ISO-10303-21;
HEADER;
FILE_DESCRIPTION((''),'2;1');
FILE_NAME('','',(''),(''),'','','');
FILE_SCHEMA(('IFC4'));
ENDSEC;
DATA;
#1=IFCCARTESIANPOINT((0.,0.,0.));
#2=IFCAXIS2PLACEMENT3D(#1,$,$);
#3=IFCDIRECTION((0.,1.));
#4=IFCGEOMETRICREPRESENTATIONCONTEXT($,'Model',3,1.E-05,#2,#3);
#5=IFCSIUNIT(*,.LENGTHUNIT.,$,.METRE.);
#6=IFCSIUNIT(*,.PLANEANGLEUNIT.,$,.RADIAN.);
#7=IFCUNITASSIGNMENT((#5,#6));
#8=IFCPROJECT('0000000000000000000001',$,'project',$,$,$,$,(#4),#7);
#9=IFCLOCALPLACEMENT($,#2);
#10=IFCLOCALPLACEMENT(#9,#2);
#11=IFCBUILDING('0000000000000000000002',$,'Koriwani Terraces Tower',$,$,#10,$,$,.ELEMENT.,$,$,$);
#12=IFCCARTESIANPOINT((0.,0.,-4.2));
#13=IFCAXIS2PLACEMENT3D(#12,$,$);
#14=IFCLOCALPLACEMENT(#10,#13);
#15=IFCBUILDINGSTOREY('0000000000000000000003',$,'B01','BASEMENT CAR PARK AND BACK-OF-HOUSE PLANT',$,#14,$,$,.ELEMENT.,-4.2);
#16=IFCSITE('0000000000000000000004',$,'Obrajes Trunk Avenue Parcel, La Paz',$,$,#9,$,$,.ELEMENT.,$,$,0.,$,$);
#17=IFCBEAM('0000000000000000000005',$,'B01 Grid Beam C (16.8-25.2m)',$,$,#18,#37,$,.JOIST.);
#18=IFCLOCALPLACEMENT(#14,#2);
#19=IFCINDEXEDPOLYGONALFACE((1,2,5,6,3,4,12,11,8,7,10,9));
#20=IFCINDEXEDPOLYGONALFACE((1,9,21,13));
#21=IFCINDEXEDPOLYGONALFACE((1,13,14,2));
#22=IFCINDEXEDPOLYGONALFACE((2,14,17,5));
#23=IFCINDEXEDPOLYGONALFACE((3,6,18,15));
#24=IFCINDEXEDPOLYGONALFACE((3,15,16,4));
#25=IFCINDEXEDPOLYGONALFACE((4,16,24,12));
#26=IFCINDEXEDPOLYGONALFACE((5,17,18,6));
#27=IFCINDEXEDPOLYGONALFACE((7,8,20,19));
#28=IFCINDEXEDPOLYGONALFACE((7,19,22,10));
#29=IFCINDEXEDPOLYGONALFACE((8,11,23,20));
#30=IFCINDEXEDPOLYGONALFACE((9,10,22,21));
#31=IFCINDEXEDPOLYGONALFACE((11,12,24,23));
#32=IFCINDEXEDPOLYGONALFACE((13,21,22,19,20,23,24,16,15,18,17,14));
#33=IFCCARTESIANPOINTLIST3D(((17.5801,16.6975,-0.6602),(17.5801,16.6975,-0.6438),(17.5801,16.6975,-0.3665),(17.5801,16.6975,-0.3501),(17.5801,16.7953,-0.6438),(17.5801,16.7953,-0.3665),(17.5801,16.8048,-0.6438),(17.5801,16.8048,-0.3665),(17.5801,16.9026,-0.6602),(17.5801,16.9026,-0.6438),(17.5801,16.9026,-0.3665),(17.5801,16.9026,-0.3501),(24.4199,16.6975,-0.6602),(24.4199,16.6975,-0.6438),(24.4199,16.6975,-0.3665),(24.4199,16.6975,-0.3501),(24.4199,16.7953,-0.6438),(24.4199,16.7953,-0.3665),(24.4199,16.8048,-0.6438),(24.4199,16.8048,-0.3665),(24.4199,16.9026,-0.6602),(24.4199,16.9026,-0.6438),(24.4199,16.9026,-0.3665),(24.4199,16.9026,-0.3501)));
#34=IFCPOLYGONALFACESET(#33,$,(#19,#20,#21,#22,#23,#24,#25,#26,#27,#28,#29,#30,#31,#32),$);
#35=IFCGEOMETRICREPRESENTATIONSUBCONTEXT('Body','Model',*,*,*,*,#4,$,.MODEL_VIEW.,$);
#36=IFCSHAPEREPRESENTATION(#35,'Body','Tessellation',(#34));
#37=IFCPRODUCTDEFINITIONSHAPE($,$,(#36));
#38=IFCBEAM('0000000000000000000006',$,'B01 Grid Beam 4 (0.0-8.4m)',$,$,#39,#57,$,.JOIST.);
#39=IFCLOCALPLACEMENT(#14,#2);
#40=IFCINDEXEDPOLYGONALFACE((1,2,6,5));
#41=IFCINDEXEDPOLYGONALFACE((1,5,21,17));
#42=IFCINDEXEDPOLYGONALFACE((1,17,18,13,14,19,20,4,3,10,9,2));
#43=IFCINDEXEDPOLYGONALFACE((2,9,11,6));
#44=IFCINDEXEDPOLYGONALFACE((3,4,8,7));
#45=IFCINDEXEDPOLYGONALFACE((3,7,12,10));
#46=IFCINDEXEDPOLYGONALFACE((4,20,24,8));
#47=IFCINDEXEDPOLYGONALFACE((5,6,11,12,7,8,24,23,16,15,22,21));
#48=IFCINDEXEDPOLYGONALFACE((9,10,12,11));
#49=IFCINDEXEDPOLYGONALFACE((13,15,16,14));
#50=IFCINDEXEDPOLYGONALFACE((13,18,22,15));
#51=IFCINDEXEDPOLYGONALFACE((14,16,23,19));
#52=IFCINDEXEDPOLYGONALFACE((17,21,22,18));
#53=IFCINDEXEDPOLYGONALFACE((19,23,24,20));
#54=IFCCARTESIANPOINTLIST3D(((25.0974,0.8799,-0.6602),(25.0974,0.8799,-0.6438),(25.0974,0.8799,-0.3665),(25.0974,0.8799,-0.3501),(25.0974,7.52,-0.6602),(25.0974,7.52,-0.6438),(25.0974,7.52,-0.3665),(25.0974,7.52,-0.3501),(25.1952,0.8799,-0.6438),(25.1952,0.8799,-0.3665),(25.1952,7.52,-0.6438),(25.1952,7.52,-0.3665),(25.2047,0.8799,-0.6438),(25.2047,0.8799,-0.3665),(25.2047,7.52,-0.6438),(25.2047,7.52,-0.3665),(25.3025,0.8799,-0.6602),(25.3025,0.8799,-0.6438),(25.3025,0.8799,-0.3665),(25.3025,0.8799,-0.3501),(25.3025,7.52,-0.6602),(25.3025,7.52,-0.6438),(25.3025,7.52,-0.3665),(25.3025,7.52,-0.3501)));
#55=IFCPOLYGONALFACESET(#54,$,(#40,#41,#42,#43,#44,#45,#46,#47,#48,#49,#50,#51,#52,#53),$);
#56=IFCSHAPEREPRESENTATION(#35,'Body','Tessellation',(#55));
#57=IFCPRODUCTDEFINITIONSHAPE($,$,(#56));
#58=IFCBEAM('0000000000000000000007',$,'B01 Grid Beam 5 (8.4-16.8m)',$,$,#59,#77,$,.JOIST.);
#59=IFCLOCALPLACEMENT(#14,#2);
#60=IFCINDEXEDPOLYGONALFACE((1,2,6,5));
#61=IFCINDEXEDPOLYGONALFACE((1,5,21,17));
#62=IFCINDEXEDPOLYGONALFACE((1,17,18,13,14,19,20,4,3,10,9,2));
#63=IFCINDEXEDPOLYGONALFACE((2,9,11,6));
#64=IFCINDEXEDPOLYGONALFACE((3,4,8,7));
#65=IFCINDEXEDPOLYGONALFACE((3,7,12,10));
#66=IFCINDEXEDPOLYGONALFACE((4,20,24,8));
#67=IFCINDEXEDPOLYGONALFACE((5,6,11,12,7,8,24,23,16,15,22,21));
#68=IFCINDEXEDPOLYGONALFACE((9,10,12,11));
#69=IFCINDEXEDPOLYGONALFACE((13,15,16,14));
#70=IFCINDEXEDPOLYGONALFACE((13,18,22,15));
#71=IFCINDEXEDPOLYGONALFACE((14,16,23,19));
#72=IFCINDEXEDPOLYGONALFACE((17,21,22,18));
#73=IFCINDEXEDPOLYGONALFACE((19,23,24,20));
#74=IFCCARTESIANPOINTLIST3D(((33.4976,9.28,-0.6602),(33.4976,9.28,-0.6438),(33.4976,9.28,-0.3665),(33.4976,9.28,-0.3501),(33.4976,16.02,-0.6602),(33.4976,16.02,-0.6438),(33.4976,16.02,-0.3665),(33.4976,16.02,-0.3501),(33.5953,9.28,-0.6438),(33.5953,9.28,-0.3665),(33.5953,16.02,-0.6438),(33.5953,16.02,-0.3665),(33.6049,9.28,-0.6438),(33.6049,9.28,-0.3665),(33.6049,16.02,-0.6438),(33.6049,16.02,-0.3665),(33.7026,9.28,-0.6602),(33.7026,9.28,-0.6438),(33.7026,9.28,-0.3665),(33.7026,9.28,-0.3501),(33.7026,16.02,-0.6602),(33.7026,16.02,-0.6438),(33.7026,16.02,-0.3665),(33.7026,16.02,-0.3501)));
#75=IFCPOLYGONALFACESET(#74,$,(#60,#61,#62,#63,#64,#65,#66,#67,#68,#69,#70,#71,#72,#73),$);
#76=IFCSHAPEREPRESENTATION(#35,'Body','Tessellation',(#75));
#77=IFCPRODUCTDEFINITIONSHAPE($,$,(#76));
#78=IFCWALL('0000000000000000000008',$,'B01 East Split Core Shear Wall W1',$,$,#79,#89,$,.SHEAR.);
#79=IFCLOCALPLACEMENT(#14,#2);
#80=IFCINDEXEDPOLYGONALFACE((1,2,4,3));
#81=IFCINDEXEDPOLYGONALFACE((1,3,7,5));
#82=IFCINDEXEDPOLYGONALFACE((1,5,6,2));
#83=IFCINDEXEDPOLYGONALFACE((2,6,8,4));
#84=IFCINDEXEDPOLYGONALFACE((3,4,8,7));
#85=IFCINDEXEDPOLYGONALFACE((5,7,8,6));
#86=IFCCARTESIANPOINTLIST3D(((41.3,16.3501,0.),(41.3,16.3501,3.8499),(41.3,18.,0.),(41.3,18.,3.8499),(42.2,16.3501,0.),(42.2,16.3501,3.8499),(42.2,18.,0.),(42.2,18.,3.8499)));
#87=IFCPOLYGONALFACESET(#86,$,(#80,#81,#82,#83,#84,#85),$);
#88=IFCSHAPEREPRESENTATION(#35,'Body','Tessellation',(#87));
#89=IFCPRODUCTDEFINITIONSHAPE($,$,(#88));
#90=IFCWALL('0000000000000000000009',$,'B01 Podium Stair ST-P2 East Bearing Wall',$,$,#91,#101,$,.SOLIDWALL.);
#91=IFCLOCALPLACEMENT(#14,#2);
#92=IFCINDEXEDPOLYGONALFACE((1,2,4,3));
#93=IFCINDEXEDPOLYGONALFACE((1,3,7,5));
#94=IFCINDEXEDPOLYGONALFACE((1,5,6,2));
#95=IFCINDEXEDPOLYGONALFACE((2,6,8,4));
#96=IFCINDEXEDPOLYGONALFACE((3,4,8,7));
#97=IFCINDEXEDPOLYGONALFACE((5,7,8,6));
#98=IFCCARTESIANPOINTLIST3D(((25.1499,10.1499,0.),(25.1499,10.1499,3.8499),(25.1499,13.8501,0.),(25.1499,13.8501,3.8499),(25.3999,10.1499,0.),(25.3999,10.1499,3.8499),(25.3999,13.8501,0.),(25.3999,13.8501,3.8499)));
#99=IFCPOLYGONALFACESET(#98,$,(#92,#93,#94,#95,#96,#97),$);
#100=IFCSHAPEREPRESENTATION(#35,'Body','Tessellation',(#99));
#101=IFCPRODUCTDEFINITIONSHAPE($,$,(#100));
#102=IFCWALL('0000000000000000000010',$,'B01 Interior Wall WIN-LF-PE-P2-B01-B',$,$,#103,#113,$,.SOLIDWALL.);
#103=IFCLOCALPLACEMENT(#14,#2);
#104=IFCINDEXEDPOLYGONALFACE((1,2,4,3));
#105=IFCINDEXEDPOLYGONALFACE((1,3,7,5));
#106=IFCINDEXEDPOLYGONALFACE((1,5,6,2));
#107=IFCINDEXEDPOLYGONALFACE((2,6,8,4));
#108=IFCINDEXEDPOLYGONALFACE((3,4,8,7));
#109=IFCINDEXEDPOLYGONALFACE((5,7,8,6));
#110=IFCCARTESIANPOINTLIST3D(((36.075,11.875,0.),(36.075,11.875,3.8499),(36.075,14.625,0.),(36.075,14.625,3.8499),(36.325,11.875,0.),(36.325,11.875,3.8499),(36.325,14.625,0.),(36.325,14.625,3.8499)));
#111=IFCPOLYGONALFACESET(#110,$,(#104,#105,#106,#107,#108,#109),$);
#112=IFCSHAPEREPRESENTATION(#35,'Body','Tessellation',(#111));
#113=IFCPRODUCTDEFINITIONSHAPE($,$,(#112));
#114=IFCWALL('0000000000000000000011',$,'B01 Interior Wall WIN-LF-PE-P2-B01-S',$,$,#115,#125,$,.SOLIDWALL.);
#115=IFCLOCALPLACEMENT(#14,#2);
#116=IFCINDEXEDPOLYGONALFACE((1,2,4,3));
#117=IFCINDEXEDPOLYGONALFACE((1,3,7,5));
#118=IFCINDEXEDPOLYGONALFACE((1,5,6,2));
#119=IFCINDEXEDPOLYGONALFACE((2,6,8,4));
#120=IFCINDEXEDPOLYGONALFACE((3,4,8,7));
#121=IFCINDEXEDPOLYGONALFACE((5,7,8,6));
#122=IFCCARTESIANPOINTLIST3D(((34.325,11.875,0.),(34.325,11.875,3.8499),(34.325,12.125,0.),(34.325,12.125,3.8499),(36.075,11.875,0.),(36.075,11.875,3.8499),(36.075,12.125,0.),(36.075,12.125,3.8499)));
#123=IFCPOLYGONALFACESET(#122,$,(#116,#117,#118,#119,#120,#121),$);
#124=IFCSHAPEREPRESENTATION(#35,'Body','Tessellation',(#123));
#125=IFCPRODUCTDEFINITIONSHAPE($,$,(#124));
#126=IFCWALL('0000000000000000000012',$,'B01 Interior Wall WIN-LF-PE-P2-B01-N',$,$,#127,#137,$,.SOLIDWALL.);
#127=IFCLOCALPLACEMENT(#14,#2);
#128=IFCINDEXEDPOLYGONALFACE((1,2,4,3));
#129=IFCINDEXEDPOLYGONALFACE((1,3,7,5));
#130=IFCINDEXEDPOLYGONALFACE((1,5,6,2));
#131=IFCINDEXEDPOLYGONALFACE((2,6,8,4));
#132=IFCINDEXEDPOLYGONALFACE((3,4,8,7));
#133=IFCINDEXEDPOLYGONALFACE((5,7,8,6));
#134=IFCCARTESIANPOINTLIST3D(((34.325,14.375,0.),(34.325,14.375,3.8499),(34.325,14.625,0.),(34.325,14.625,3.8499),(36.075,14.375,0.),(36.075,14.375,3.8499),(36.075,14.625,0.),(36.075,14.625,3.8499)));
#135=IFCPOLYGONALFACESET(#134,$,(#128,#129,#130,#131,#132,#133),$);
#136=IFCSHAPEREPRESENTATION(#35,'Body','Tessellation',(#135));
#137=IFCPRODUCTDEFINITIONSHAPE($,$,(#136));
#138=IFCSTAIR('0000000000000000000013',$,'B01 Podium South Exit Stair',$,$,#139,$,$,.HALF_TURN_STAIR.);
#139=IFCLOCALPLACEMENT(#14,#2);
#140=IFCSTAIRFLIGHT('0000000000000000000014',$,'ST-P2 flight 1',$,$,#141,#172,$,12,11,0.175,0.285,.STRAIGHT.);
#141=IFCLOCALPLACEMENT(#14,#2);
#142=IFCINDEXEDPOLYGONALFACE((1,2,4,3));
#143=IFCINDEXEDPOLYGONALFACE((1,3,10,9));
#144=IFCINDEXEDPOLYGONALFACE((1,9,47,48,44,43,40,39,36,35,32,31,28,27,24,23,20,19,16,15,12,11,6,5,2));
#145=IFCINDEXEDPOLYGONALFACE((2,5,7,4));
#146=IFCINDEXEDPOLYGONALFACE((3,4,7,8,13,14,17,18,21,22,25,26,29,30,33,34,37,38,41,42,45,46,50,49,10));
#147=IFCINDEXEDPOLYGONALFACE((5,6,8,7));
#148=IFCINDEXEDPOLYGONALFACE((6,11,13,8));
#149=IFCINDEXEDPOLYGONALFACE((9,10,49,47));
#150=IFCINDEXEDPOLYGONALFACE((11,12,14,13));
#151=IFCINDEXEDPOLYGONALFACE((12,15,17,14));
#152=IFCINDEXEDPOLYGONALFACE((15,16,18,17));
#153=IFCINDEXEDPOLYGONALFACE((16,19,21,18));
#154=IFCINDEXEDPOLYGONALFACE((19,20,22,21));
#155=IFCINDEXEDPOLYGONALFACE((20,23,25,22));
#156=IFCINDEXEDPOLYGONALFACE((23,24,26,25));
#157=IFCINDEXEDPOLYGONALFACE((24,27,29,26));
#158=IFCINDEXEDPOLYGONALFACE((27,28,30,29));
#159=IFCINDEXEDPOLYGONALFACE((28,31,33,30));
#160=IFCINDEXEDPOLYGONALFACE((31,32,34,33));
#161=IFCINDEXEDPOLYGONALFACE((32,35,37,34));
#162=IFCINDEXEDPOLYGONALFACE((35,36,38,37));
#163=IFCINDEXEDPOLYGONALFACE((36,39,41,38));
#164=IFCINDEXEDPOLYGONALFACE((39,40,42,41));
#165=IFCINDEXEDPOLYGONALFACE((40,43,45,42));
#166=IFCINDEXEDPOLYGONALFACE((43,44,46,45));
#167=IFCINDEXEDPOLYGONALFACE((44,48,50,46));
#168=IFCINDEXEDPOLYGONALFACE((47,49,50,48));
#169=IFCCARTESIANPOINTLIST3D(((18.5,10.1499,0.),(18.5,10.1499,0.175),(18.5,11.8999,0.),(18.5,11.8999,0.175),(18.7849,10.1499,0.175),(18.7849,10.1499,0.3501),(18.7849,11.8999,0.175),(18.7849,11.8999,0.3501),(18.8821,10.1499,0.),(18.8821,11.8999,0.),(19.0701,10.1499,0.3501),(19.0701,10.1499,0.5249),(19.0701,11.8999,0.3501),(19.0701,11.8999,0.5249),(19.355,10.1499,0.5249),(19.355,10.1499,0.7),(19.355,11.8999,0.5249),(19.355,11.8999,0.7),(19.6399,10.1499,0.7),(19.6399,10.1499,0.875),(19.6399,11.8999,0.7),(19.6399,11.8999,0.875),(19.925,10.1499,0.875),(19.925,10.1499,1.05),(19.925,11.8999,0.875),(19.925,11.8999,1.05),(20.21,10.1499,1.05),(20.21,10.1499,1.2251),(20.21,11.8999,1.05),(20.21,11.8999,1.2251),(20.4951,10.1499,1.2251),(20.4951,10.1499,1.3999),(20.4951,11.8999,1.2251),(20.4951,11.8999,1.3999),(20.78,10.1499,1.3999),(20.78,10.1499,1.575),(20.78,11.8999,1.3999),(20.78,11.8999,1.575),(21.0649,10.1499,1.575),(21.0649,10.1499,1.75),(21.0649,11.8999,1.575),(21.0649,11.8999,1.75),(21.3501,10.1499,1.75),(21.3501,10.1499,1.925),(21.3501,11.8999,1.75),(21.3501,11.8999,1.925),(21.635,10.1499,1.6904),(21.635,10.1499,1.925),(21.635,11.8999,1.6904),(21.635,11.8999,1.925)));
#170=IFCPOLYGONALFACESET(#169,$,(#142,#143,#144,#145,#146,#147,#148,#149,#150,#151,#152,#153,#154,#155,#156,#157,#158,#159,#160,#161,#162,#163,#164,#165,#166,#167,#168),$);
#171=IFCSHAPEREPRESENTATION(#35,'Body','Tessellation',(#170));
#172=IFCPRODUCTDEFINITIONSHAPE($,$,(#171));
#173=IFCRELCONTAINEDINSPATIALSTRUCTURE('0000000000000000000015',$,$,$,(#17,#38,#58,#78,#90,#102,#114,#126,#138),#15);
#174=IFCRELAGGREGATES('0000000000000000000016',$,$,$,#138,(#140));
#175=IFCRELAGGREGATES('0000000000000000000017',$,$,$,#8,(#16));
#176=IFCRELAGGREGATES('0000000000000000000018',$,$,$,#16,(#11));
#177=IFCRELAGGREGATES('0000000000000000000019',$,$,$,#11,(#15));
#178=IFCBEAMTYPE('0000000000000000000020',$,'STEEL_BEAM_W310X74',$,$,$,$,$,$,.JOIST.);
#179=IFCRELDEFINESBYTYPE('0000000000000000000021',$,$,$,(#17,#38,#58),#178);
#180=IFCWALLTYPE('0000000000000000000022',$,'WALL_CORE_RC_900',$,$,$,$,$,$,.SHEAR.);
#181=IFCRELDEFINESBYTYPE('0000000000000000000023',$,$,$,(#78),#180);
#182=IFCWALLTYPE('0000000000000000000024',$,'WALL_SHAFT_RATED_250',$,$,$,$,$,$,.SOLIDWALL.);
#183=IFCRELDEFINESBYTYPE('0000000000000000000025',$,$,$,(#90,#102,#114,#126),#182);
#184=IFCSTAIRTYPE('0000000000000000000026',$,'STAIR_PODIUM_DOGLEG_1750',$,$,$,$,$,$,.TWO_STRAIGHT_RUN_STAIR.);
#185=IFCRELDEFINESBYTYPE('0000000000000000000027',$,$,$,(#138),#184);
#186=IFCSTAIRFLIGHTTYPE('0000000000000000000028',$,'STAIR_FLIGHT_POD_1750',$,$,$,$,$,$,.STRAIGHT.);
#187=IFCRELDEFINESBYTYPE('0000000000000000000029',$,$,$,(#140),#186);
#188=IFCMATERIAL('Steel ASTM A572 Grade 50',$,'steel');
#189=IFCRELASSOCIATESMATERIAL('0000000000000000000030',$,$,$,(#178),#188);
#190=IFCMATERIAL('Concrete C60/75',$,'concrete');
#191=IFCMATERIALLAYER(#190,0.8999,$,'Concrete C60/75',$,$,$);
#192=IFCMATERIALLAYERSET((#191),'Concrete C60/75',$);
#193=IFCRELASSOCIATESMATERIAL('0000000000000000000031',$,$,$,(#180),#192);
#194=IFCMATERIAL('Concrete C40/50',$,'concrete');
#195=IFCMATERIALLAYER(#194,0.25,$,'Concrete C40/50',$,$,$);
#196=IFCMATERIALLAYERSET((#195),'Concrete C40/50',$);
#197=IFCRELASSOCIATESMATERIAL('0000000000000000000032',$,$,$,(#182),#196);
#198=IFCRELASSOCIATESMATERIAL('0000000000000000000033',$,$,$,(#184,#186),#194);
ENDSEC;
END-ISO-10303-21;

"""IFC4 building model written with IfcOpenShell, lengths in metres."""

from ifc_helpers import new_model, si_unit, direction, frame, frame_2d, origin, origin_2d, place, context, subcontext, project, spatial, polyline, rectangle, i_section, outline, extrude, material, layer, layer_set, material_profile, profile_set, type_object, element, aggregate, save


model = new_model("IFC4")

# Units and contexts
model_context = context("Model", 3, precision=1e-05, world=origin(), true_north=direction((0.0, 1.0)))
body_context = subcontext(model_context, "Body", "Model", "MODEL_VIEW")
ifc_project = project(units=[si_unit("LENGTHUNIT", "METRE"), si_unit("PLANEANGLEUNIT", "RADIAN")], contexts=[model_context])

# Site, building, storey
site_placement = place(None, origin())
site = spatial("IfcSite", under=ifc_project, at=site_placement, Name="Obrajes Trunk Avenue Parcel, La Paz", CompositionType="ELEMENT", RefElevation=0.0)
building_placement = place(site_placement, origin())
building = spatial("IfcBuilding", under=site, at=building_placement, Name="Koriwani Terraces Tower", CompositionType="ELEMENT")
storey_placement = place(building_placement, frame((0.0, 0.0, -4.2)))
storey = spatial("IfcBuildingStorey", under=building, at=storey_placement, Name="B01", Description="BASEMENT CAR PARK AND BACK-OF-HOUSE PLANT", CompositionType="ELEMENT", Elevation=-4.2)

# Shared definitions
ifc_material_1 = material(Name="Concrete C60/75", Category="concrete")

# Beams
ifc_material_2 = material(Name="Concrete C40/50", Category="concrete")
ifc_material_3 = material(Name="Steel ASTM A572 Grade 50", Category="steel")
ifc_material_profile_1 = material_profile(ifc_material_3, i_section(OverallWidth=0.2051, OverallDepth=0.3101, WebThickness=0.0095, FlangeThickness=0.0164, at=origin_2d()), Name="Steel ASTM A572 Grade 50", Category="LoadBearing")
ifc_profile_set_1 = profile_set([ifc_material_profile_1], Name="Steel ASTM A572 Grade 50")
beam_type_1 = type_object("IfcBeamType", Name="STEEL_BEAM_W310X74", PredefinedType="JOIST", material=ifc_profile_set_1)
beam_1_placement = place(storey_placement, frame((17.5801, 16.8, -0.5051), z_axis=(1.0, 0.0, 0.0), x_axis=(0.0, 1.0, 0.0)))
element("IfcBeam", 1, at=beam_1_placement, inside=storey, type_object=beam_type_1, Name="B01 Grid Beam C (16.8-25.2m)", PredefinedType="JOIST", context=body_context, shape_type="SweptSolid", body=[
    extrude(i_section(OverallWidth=0.2051, OverallDepth=0.3101, WebThickness=0.0095, FlangeThickness=0.0164, at=origin_2d()), origin(), (0.0, 0.0, 1.0), 6.8398),
])
beam_2_placement = place(storey_placement, frame((25.2, 0.8799, -0.5051), z_axis=(0.0, 1.0, 0.0), x_axis=(-1.0, 0.0, 0.0)))
element("IfcBeam", 2, at=beam_2_placement, inside=storey, type_object=beam_type_1, Name="B01 Grid Beam 4 (0.0-8.4m)", PredefinedType="JOIST", context=body_context, shape_type="SweptSolid", body=[
    extrude(i_section(OverallWidth=0.2051, OverallDepth=0.3101, WebThickness=0.0095, FlangeThickness=0.0164, at=origin_2d()), origin(), (0.0, 0.0, 1.0), 6.6401),
])
beam_3_placement = place(storey_placement, frame((33.6001, 9.28, -0.5051), z_axis=(0.0, 1.0, 0.0), x_axis=(-1.0, 0.0, 0.0)))
element("IfcBeam", 3, at=beam_3_placement, inside=storey, type_object=beam_type_1, Name="B01 Grid Beam 5 (8.4-16.8m)", PredefinedType="JOIST", context=body_context, shape_type="SweptSolid", body=[
    extrude(i_section(OverallWidth=0.2051, OverallDepth=0.3101, WebThickness=0.0095, FlangeThickness=0.0164, at=origin_2d()), origin(), (0.0, 0.0, 1.0), 6.74),
])

# Walls
ifc_layer_1 = layer(ifc_material_1, 0.8999, Name="Concrete C60/75")
ifc_layer_set_1 = layer_set([ifc_layer_1], Name="Concrete C60/75")
wall_type_1 = type_object("IfcWallType", Name="WALL_CORE_RC_900", PredefinedType="SHEAR", material=ifc_layer_set_1)
wall_1_placement = place(storey_placement, frame((41.75, 16.3501, 0.0), z_axis=(0.0, 0.0, 1.0), x_axis=(0.0, 1.0, 0.0)))
element("IfcWall", 4, at=wall_1_placement, inside=storey, type_object=wall_type_1, Name="B01 East Split Core Shear Wall W1", PredefinedType="SHEAR", context=body_context, shape_type="SweptSolid", body=[
    extrude(rectangle(XDim=1.6499, YDim=0.8999, at=frame_2d((0.825, 0.0))), origin(), (0.0, 0.0, 1.0), 3.8499),
])
ifc_layer_2 = layer(ifc_material_2, 0.25, Name="Concrete C40/50")
ifc_layer_set_2 = layer_set([ifc_layer_2], Name="Concrete C40/50")
wall_type_2 = type_object("IfcWallType", Name="WALL_SHAFT_RATED_250", PredefinedType="SOLIDWALL", material=ifc_layer_set_2)
wall_2_placement = place(storey_placement, frame((25.2749, 10.1499, 0.0), z_axis=(0.0, 0.0, 1.0), x_axis=(0.0, 1.0, 0.0)))
element("IfcWall", 5, at=wall_2_placement, inside=storey, type_object=wall_type_2, Name="B01 Podium Stair ST-P2 East Bearing Wall", PredefinedType="SOLIDWALL", context=body_context, shape_type="SweptSolid", body=[
    extrude(rectangle(XDim=3.7002, YDim=0.25, at=frame_2d((1.8501, 0.0))), origin(), (0.0, 0.0, 1.0), 3.8499),
])

# Walls
wall_3_placement = place(storey_placement, frame((36.2, 11.875, 0.0), z_axis=(0.0, 0.0, 1.0), x_axis=(0.0, 1.0, 0.0)))
element("IfcWall", 6, at=wall_3_placement, inside=storey, type_object=wall_type_2, Name="B01 Interior Wall WIN-LF-PE-P2-B01-B", PredefinedType="SOLIDWALL", context=body_context, shape_type="SweptSolid", body=[
    extrude(rectangle(XDim=2.75, YDim=0.25, at=frame_2d((1.375, 0.0))), origin(), (0.0, 0.0, 1.0), 3.8499),
])
for number, where, z_axis, x_axis, name in (
    (7, (34.325, 12.0, 0.0), (0.0, 0.0, 1.0), (1.0, 0.0, 0.0), "B01 Interior Wall WIN-LF-PE-P2-B01-S"),
    (8, (34.325, 14.5, 0.0), (0.0, 0.0, 1.0), (1.0, 0.0, 0.0), "B01 Interior Wall WIN-LF-PE-P2-B01-N"),
):
    element("IfcWall", number, at=place(storey_placement, frame(where, z_axis=z_axis, x_axis=x_axis)), inside=storey, type_object=wall_type_2, Name=name, PredefinedType="SOLIDWALL", context=body_context, shape_type="SweptSolid", body=[
        extrude(rectangle(XDim=1.75, YDim=0.25, at=frame_2d((0.875, 0.0))), origin(), (0.0, 0.0, 1.0), 3.8499),
    ])

# Stair, stair flight
stair_type = type_object("IfcStairType", Name="STAIR_PODIUM_DOGLEG_1750", PredefinedType="TWO_STRAIGHT_RUN_STAIR", material=ifc_material_2)
stair_placement = place(storey_placement, origin())
stair = element("IfcStair", 9, at=stair_placement, inside=storey, type_object=stair_type, Name="B01 Podium South Exit Stair", PredefinedType="HALF_TURN_STAIR")
stair_flight_type = type_object("IfcStairFlightType", Name="STAIR_FLIGHT_POD_1750", PredefinedType="STRAIGHT", material=ifc_material_2)
stair_flight_1_placement = place(storey_placement, frame((18.5, 11.0249, 0.0), z_axis=(0.0, 0.0, 1.0), x_axis=(1.0, 0.0, 0.0)))
stair_flight_1 = element("IfcStairFlight", 10, at=stair_flight_1_placement, type_object=stair_flight_type, Name="ST-P2 flight 1", NumberOfRisers=12, NumberOfTreads=11, PredefinedType="STRAIGHT", RiserHeight=0.175, TreadLength=0.285, context=body_context, shape_type="SweptSolid", body=[
    extrude(outline(polyline([(0.0, 0.0), (0.0, 0.175), (0.2849, 0.175), (0.2849, 0.3501), (0.5701, 0.3501), (0.5701, 0.5249), (0.855, 0.5249), (0.855, 0.7), (1.1399, 0.7), (1.1399, 0.875), (1.425, 0.875), (1.425, 1.05), (1.71, 1.05), (1.71, 1.2251), (1.9951, 1.2251), (1.9951, 1.3999), (2.28, 1.3999), (2.28, 1.575), (2.5649, 1.575), (2.5649, 1.75), (2.8501, 1.75), (2.8501, 1.925), (3.135, 1.925), (3.135, 2.1001), (3.135, 1.6904), (0.3821, 0.0), (0.0, 0.0)])), frame((0.0, 0.875, 0.0), z_axis=(0.0, -1.0, 0.0), x_axis=(1.0, 0.0, 0.0)), (0.0, 0.0, 1.0), 1.75),
])
aggregate(stair, [stair_flight_1])

save(model, "model.ifc")
